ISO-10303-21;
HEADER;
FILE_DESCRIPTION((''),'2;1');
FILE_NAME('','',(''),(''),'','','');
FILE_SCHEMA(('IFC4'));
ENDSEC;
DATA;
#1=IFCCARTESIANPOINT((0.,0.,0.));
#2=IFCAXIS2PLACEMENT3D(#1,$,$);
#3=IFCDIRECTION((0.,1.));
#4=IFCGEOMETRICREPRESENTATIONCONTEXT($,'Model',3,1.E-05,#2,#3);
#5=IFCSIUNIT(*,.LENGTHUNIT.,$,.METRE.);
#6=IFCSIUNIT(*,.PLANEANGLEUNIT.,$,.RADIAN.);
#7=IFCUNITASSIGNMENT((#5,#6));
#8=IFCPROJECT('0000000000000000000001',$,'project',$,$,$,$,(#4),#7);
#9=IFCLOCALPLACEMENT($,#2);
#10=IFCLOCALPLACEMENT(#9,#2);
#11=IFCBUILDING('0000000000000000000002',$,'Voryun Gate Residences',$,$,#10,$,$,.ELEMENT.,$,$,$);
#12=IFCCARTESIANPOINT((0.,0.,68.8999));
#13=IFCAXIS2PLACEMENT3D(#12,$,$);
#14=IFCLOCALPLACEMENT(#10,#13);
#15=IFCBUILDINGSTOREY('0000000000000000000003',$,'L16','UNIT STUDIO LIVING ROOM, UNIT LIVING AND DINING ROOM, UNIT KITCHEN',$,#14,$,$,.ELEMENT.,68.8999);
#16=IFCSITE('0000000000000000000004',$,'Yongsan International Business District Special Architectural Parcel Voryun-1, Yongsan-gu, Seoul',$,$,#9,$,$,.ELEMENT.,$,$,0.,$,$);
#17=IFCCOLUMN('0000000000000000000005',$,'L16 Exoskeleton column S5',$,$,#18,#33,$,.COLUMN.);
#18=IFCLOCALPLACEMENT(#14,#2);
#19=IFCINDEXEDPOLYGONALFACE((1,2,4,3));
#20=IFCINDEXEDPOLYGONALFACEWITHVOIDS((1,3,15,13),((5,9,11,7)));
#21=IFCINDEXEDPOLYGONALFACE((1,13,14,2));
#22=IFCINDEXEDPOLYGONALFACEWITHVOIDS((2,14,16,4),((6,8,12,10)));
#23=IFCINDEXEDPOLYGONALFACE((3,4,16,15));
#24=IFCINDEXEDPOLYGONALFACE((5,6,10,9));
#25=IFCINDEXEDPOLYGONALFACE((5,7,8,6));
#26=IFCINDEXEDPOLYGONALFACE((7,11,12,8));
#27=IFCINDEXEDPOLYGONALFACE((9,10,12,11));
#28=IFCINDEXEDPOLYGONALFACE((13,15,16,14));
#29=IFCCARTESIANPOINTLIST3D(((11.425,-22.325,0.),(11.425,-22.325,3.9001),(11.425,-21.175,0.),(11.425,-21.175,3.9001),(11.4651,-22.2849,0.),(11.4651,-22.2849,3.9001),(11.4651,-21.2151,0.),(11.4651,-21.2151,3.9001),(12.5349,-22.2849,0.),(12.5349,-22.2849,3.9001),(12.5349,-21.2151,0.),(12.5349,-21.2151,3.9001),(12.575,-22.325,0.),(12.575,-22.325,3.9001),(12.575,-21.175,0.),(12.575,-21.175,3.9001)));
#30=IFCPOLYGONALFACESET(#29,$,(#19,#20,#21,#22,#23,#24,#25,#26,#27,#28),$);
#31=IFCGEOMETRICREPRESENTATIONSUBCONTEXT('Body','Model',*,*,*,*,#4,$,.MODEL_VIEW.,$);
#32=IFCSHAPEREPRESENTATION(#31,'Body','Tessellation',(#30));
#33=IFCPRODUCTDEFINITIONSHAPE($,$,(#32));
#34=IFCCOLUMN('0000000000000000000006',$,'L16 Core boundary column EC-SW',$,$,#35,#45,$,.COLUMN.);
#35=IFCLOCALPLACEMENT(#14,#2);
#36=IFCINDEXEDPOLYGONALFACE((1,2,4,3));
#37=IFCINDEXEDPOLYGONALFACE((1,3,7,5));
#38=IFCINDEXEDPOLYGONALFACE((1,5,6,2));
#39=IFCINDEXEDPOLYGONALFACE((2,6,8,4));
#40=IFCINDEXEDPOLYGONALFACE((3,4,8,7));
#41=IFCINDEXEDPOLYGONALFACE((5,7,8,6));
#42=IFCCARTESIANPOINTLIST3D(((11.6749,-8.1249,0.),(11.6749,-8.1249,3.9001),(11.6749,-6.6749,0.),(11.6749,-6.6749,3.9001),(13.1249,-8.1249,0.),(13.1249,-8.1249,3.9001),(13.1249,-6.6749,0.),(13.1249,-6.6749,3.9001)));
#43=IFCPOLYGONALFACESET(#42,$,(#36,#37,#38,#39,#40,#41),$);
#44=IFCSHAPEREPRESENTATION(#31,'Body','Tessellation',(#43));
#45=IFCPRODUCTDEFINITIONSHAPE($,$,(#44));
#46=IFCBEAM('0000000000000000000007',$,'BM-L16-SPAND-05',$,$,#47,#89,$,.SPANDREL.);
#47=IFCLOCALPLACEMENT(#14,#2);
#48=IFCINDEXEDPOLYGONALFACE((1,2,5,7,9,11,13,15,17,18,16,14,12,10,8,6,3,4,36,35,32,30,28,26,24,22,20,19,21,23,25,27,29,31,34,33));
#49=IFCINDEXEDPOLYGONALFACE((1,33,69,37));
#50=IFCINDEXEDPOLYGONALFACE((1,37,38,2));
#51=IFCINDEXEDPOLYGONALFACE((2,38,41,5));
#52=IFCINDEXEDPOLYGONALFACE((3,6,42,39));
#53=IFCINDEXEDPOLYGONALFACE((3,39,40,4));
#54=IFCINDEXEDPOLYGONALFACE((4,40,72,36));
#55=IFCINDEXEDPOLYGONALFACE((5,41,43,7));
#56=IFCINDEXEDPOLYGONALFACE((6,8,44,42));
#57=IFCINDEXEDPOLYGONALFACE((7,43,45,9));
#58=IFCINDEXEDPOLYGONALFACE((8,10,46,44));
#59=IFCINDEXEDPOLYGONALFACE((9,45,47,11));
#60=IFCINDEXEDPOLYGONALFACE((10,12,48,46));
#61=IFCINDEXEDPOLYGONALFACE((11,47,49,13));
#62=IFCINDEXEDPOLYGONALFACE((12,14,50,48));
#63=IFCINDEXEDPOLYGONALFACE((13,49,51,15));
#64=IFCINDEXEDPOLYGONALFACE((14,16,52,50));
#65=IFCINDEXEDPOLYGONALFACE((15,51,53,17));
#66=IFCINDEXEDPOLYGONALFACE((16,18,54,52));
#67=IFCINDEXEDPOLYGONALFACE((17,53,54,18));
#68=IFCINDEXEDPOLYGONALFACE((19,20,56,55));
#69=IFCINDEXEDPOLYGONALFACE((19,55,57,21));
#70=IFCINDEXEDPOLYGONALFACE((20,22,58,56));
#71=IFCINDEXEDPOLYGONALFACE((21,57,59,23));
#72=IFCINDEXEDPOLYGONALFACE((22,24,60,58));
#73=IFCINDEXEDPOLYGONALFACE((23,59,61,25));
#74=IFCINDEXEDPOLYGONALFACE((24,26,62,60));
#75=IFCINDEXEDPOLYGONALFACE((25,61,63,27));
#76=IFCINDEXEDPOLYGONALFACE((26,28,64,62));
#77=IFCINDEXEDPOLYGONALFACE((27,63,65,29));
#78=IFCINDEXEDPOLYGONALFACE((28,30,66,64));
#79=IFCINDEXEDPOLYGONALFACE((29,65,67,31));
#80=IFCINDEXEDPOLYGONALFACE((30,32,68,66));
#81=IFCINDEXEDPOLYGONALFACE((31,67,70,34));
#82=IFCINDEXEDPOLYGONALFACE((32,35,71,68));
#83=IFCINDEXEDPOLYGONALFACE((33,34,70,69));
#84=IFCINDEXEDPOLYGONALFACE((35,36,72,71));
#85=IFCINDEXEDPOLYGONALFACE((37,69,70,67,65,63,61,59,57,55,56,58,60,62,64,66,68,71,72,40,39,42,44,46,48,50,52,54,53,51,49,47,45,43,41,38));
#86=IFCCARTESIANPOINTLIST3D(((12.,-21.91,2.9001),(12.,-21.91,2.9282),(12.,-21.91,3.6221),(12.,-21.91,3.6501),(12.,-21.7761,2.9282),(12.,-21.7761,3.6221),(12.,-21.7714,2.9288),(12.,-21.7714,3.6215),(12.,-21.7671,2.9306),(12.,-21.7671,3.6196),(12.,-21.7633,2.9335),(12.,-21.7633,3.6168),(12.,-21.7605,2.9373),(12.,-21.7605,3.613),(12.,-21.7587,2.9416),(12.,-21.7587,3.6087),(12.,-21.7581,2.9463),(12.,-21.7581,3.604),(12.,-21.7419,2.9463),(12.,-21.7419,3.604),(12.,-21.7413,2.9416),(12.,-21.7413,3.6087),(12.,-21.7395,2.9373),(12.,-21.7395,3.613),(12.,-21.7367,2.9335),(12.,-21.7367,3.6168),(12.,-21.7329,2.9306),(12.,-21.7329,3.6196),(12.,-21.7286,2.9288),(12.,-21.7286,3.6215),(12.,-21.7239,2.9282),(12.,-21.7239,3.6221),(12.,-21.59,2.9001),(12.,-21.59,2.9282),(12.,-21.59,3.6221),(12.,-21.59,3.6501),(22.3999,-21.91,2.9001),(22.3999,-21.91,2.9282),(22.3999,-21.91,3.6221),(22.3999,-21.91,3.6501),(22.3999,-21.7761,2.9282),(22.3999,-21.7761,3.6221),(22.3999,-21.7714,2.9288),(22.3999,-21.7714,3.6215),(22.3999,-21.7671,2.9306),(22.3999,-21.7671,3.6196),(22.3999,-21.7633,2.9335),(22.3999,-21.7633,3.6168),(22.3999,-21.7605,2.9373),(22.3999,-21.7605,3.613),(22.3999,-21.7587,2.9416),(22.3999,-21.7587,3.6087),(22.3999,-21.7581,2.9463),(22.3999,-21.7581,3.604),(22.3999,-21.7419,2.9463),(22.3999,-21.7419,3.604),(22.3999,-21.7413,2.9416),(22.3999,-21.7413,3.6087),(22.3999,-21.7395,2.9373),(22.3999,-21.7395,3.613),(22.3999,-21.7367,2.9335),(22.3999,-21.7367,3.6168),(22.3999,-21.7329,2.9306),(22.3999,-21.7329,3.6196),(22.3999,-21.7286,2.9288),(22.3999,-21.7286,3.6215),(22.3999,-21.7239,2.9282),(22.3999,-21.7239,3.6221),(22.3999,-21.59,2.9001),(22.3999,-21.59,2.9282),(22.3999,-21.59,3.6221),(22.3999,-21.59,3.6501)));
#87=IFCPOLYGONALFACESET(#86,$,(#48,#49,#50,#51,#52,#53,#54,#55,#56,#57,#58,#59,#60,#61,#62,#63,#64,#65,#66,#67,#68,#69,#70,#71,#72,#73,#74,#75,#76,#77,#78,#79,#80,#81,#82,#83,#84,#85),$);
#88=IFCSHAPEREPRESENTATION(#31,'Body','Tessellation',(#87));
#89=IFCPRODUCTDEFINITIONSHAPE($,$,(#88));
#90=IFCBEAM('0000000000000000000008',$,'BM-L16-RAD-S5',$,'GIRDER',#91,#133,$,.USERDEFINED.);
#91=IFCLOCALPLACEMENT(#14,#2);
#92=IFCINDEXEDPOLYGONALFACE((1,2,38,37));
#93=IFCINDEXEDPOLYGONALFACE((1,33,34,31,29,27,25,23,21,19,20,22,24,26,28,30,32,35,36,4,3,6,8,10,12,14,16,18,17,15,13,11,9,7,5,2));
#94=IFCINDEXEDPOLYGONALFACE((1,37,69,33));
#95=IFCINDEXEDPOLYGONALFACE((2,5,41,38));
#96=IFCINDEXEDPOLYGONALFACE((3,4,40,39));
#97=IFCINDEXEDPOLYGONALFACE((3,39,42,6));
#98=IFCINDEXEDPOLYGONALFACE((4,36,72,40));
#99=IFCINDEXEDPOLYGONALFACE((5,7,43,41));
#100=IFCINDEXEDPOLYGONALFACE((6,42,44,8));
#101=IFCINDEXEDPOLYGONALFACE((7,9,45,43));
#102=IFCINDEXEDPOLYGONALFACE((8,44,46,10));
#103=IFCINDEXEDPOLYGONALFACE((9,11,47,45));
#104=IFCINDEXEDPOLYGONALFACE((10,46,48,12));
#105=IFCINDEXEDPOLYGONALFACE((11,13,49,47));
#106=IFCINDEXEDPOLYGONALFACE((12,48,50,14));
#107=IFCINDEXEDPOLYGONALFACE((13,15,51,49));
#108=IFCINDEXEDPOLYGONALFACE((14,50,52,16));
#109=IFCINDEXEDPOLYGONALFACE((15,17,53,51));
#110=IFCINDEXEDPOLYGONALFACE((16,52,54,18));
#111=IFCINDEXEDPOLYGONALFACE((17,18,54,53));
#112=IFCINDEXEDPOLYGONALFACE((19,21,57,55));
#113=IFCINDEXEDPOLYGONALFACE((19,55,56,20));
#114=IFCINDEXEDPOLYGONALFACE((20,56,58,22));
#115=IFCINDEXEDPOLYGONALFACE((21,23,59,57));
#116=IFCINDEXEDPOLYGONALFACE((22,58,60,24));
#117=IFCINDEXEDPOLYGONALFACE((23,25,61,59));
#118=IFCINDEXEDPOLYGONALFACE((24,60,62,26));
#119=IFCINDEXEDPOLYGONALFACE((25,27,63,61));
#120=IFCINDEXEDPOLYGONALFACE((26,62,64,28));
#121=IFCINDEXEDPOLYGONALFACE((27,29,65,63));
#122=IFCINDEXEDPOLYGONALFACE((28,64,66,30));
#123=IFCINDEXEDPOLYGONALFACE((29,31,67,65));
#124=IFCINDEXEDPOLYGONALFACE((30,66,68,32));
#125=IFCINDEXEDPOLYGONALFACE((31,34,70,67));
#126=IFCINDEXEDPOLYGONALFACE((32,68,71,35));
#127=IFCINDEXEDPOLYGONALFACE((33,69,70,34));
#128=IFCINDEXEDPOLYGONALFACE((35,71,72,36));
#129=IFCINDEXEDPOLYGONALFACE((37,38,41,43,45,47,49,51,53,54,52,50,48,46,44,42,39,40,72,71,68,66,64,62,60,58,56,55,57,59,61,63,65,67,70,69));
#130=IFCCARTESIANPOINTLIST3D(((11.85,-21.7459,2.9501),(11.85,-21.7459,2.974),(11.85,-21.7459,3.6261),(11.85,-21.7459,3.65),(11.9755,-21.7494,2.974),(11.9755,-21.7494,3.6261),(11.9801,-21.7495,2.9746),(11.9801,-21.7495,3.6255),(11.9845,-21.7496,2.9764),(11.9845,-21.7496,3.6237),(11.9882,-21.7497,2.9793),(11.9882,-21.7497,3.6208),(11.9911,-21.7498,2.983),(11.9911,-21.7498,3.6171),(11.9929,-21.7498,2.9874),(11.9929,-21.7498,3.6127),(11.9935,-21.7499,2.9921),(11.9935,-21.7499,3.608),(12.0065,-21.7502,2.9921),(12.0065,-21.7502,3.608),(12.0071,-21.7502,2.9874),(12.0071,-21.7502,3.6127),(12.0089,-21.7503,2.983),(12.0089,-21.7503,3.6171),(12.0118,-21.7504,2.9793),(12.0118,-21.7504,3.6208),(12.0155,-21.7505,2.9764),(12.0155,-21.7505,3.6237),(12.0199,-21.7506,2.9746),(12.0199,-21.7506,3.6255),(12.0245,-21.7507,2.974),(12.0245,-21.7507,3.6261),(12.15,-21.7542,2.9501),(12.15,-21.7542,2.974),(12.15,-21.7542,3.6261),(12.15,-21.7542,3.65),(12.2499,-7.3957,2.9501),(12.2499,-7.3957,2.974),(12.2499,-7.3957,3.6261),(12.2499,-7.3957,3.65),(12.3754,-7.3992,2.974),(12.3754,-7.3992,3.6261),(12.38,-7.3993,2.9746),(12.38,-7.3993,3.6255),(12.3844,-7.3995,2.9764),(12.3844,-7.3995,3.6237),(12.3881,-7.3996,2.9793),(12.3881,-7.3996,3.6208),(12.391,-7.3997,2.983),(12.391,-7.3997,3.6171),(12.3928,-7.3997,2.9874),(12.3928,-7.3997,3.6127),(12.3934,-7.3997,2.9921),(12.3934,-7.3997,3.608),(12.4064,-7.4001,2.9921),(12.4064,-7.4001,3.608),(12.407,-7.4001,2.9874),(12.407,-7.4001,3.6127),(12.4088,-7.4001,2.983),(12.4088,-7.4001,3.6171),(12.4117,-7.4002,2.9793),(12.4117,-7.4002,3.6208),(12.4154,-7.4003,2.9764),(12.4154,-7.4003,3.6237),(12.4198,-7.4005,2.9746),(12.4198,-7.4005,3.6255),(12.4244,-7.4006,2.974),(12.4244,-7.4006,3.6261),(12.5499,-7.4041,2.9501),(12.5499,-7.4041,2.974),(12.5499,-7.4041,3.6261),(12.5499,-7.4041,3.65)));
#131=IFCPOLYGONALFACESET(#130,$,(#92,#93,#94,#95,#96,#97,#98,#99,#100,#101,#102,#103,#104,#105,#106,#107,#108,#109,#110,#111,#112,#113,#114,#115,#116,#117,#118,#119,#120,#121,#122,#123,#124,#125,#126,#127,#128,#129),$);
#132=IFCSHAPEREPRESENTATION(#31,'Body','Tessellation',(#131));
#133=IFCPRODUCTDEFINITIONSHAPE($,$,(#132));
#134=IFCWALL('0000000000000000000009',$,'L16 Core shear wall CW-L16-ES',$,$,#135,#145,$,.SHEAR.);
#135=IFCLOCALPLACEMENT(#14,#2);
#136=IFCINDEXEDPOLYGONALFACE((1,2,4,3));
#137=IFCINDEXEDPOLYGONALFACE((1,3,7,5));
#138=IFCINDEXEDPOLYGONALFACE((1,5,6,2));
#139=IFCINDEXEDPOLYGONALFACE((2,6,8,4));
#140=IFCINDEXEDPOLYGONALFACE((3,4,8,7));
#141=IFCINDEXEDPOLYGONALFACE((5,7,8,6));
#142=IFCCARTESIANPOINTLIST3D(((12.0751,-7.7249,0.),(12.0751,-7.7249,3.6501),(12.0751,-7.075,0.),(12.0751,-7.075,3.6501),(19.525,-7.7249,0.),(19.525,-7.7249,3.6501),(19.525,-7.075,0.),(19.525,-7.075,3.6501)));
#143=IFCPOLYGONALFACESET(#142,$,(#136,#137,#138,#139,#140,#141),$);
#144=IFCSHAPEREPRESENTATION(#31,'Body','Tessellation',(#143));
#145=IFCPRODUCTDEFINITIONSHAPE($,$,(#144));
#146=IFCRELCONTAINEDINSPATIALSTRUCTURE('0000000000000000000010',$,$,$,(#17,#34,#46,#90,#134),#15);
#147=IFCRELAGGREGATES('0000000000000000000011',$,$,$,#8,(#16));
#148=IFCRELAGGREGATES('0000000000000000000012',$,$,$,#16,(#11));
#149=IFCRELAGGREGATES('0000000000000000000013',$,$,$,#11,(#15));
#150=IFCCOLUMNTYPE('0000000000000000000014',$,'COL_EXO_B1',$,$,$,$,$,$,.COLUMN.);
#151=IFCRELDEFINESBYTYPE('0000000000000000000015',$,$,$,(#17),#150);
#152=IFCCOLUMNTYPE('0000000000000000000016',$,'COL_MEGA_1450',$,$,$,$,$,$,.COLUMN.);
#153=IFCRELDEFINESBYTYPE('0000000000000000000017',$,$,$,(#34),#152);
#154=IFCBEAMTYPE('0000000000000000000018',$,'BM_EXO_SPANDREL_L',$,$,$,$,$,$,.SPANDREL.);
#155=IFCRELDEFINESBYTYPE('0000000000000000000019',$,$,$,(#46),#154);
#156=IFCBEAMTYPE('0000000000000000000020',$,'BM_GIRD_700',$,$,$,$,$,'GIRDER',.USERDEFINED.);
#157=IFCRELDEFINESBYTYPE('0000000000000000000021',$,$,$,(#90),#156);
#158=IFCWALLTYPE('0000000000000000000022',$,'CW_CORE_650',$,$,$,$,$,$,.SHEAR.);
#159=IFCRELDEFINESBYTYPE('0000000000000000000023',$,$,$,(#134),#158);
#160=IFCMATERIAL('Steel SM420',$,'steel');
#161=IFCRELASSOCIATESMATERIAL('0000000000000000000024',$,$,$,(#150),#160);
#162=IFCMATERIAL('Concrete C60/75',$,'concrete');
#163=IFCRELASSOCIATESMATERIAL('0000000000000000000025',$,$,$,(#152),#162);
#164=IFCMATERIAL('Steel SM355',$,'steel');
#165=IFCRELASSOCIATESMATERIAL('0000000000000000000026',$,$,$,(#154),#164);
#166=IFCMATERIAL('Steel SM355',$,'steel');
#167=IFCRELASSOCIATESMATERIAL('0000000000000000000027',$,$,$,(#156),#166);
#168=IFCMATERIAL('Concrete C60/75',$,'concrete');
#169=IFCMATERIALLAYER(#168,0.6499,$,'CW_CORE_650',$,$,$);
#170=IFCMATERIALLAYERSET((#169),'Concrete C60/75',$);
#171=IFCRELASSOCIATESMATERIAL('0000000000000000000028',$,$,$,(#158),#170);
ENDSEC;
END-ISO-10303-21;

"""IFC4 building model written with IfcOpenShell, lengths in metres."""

from ifc_helpers import new_model, si_unit, direction, frame, frame_2d, origin, origin_2d, place, context, subcontext, project, spatial, rectangle, hollow_rectangle, i_section, extrude, material, layer, layer_set, material_profile, profile_set, type_object, element, save


model = new_model("IFC4")

# Units and contexts
model_context = context("Model", 3, precision=1e-05, world=origin(), true_north=direction((0.0, 1.0)))
body_context = subcontext(model_context, "Body", "Model", "MODEL_VIEW")
ifc_project = project(units=[si_unit("LENGTHUNIT", "METRE"), si_unit("PLANEANGLEUNIT", "RADIAN")], contexts=[model_context])

# Site, building, storey
site_placement = place(None, origin())
site = spatial("IfcSite", under=ifc_project, at=site_placement, Name="Yongsan International Business District Special Architectural Parcel Voryun-1, Yongsan-gu, Seoul", CompositionType="ELEMENT", RefElevation=0.0)
building_placement = place(site_placement, origin())
building = spatial("IfcBuilding", under=site, at=building_placement, Name="Voryun Gate Residences", CompositionType="ELEMENT")
storey_placement = place(building_placement, frame((0.0, 0.0, 68.8999)))
storey = spatial("IfcBuildingStorey", under=building, at=storey_placement, Name="L16", Description="UNIT STUDIO LIVING ROOM, UNIT LIVING AND DINING ROOM, UNIT KITCHEN", CompositionType="ELEMENT", Elevation=68.8999)

# Columns
ifc_material_1 = material(Name="Steel SM420", Category="steel")
ifc_material_profile_1 = material_profile(ifc_material_1, hollow_rectangle(XDim=1.1499, YDim=1.1499, WallThickness=0.04, at=origin_2d()), Name="BOX-1150x1150x40")
ifc_profile_set_1 = profile_set([ifc_material_profile_1], Name="Steel SM420")
column_type_1 = type_object("IfcColumnType", Name="COL_EXO_B1", PredefinedType="COLUMN", material=ifc_profile_set_1)
column_1_placement = place(storey_placement, frame((12.0, -21.75, 0.0), z_axis=(0.0, 0.0, 1.0), x_axis=(1.0, 0.0, 0.0)))
element("IfcColumn", 1, at=column_1_placement, inside=storey, type_object=column_type_1, Name="L16 Exoskeleton column S5", PredefinedType="COLUMN", context=body_context, shape_type="SweptSolid", body=[
    extrude(hollow_rectangle(XDim=1.1499, YDim=1.1499, WallThickness=0.04, at=origin_2d()), origin(), (0.0, 0.0, 1.0), 3.9001),
])
ifc_material_2 = material(Name="Concrete C60/75", Category="concrete")
ifc_material_profile_2 = material_profile(ifc_material_2, rectangle(XDim=1.45, YDim=1.45, at=origin_2d()), Name="RC-1450x1450")
ifc_profile_set_2 = profile_set([ifc_material_profile_2], Name="Concrete C60/75")
column_type_2 = type_object("IfcColumnType", Name="COL_MEGA_1450", PredefinedType="COLUMN", material=ifc_profile_set_2)
column_2_placement = place(storey_placement, frame((12.3999, -7.3999, 0.0), z_axis=(0.0, 0.0, 1.0), x_axis=(1.0, 0.0, 0.0)))
element("IfcColumn", 2, at=column_2_placement, inside=storey, type_object=column_type_2, Name="L16 Core boundary column EC-SW", PredefinedType="COLUMN", context=body_context, shape_type="SweptSolid", body=[
    extrude(rectangle(XDim=1.45, YDim=1.45, at=origin_2d()), origin(), (0.0, 0.0, 1.0), 3.9001),
])

# Beams
ifc_material_3 = material(Name="Steel SM355", Category="steel")
ifc_material_profile_3 = material_profile(ifc_material_3, i_section(OverallWidth=0.3201, OverallDepth=0.75, WebThickness=0.0161, FlangeThickness=0.0281, FilletRadius=0.0181, at=origin_2d()), Name="H-750x320x16x28")
ifc_profile_set_3 = profile_set([ifc_material_profile_3], Name="Steel SM355")
beam_type_1 = type_object("IfcBeamType", Name="BM_EXO_SPANDREL_L", PredefinedType="SPANDREL", material=ifc_profile_set_3)
beam_1_placement = place(storey_placement, frame((12.0, -21.75, 3.2751), z_axis=(1.0, 0.0, 0.0), x_axis=(0.0, 1.0, 0.0)))
element("IfcBeam", 3, at=beam_1_placement, inside=storey, type_object=beam_type_1, Name="BM-L16-SPAND-05", PredefinedType="SPANDREL", context=body_context, shape_type="SweptSolid", body=[
    extrude(i_section(OverallWidth=0.3201, OverallDepth=0.75, WebThickness=0.0161, FlangeThickness=0.0281, FilletRadius=0.0181, at=origin_2d()), origin(), (0.0, 0.0, 1.0), 10.3999),
])
ifc_material_4 = material(Name="Steel SM355", Category="steel")
ifc_material_profile_4 = material_profile(ifc_material_4, i_section(OverallWidth=0.3, OverallDepth=0.7, WebThickness=0.0129, FlangeThickness=0.0239, FilletRadius=0.0181, at=origin_2d()), Name="H-700x300x13x24")
ifc_profile_set_4 = profile_set([ifc_material_profile_4], Name="Steel SM355")
beam_type_2 = type_object("IfcBeamType", Name="BM_GIRD_700", ElementType="GIRDER", PredefinedType="USERDEFINED", material=ifc_profile_set_4)
beam_2_placement = place(storey_placement, frame((12.3999, -7.3999, 3.3), z_axis=(-0.027857, -0.999612, 0.0), x_axis=(0.999612, -0.027857, 0.0)))
element("IfcBeam", 4, at=beam_2_placement, inside=storey, type_object=beam_type_2, Name="BM-L16-RAD-S5", ObjectType="GIRDER", PredefinedType="USERDEFINED", context=body_context, shape_type="SweptSolid", body=[
    extrude(i_section(OverallWidth=0.3, OverallDepth=0.7, WebThickness=0.0129, FlangeThickness=0.0239, FilletRadius=0.0181, at=origin_2d()), origin(), (0.0, 0.0, 1.0), 14.3557),
])

# Wall
ifc_material_5 = material(Name="Concrete C60/75", Category="concrete")
ifc_layer_1 = layer(ifc_material_5, 0.6499, Name="CW_CORE_650")
ifc_layer_set_1 = layer_set([ifc_layer_1], Name="Concrete C60/75")
wall_type_1 = type_object("IfcWallType", Name="CW_CORE_650", PredefinedType="SHEAR", material=ifc_layer_set_1)
wall_1_placement = place(storey_placement, frame((12.075, -7.3999, 0.0), z_axis=(0.0, 0.0, 1.0), x_axis=(1.0, 0.0, 0.0)))
element("IfcWall", 5, at=wall_1_placement, inside=storey, type_object=wall_type_1, Name="L16 Core shear wall CW-L16-ES", PredefinedType="SHEAR", context=body_context, shape_type="SweptSolid", body=[
    extrude(rectangle(XDim=7.45, YDim=0.6499, at=frame_2d((3.7251, 0.0))), origin(), (0.0, 0.0, 1.0), 3.6501),
])

save(model, "model.ifc")
